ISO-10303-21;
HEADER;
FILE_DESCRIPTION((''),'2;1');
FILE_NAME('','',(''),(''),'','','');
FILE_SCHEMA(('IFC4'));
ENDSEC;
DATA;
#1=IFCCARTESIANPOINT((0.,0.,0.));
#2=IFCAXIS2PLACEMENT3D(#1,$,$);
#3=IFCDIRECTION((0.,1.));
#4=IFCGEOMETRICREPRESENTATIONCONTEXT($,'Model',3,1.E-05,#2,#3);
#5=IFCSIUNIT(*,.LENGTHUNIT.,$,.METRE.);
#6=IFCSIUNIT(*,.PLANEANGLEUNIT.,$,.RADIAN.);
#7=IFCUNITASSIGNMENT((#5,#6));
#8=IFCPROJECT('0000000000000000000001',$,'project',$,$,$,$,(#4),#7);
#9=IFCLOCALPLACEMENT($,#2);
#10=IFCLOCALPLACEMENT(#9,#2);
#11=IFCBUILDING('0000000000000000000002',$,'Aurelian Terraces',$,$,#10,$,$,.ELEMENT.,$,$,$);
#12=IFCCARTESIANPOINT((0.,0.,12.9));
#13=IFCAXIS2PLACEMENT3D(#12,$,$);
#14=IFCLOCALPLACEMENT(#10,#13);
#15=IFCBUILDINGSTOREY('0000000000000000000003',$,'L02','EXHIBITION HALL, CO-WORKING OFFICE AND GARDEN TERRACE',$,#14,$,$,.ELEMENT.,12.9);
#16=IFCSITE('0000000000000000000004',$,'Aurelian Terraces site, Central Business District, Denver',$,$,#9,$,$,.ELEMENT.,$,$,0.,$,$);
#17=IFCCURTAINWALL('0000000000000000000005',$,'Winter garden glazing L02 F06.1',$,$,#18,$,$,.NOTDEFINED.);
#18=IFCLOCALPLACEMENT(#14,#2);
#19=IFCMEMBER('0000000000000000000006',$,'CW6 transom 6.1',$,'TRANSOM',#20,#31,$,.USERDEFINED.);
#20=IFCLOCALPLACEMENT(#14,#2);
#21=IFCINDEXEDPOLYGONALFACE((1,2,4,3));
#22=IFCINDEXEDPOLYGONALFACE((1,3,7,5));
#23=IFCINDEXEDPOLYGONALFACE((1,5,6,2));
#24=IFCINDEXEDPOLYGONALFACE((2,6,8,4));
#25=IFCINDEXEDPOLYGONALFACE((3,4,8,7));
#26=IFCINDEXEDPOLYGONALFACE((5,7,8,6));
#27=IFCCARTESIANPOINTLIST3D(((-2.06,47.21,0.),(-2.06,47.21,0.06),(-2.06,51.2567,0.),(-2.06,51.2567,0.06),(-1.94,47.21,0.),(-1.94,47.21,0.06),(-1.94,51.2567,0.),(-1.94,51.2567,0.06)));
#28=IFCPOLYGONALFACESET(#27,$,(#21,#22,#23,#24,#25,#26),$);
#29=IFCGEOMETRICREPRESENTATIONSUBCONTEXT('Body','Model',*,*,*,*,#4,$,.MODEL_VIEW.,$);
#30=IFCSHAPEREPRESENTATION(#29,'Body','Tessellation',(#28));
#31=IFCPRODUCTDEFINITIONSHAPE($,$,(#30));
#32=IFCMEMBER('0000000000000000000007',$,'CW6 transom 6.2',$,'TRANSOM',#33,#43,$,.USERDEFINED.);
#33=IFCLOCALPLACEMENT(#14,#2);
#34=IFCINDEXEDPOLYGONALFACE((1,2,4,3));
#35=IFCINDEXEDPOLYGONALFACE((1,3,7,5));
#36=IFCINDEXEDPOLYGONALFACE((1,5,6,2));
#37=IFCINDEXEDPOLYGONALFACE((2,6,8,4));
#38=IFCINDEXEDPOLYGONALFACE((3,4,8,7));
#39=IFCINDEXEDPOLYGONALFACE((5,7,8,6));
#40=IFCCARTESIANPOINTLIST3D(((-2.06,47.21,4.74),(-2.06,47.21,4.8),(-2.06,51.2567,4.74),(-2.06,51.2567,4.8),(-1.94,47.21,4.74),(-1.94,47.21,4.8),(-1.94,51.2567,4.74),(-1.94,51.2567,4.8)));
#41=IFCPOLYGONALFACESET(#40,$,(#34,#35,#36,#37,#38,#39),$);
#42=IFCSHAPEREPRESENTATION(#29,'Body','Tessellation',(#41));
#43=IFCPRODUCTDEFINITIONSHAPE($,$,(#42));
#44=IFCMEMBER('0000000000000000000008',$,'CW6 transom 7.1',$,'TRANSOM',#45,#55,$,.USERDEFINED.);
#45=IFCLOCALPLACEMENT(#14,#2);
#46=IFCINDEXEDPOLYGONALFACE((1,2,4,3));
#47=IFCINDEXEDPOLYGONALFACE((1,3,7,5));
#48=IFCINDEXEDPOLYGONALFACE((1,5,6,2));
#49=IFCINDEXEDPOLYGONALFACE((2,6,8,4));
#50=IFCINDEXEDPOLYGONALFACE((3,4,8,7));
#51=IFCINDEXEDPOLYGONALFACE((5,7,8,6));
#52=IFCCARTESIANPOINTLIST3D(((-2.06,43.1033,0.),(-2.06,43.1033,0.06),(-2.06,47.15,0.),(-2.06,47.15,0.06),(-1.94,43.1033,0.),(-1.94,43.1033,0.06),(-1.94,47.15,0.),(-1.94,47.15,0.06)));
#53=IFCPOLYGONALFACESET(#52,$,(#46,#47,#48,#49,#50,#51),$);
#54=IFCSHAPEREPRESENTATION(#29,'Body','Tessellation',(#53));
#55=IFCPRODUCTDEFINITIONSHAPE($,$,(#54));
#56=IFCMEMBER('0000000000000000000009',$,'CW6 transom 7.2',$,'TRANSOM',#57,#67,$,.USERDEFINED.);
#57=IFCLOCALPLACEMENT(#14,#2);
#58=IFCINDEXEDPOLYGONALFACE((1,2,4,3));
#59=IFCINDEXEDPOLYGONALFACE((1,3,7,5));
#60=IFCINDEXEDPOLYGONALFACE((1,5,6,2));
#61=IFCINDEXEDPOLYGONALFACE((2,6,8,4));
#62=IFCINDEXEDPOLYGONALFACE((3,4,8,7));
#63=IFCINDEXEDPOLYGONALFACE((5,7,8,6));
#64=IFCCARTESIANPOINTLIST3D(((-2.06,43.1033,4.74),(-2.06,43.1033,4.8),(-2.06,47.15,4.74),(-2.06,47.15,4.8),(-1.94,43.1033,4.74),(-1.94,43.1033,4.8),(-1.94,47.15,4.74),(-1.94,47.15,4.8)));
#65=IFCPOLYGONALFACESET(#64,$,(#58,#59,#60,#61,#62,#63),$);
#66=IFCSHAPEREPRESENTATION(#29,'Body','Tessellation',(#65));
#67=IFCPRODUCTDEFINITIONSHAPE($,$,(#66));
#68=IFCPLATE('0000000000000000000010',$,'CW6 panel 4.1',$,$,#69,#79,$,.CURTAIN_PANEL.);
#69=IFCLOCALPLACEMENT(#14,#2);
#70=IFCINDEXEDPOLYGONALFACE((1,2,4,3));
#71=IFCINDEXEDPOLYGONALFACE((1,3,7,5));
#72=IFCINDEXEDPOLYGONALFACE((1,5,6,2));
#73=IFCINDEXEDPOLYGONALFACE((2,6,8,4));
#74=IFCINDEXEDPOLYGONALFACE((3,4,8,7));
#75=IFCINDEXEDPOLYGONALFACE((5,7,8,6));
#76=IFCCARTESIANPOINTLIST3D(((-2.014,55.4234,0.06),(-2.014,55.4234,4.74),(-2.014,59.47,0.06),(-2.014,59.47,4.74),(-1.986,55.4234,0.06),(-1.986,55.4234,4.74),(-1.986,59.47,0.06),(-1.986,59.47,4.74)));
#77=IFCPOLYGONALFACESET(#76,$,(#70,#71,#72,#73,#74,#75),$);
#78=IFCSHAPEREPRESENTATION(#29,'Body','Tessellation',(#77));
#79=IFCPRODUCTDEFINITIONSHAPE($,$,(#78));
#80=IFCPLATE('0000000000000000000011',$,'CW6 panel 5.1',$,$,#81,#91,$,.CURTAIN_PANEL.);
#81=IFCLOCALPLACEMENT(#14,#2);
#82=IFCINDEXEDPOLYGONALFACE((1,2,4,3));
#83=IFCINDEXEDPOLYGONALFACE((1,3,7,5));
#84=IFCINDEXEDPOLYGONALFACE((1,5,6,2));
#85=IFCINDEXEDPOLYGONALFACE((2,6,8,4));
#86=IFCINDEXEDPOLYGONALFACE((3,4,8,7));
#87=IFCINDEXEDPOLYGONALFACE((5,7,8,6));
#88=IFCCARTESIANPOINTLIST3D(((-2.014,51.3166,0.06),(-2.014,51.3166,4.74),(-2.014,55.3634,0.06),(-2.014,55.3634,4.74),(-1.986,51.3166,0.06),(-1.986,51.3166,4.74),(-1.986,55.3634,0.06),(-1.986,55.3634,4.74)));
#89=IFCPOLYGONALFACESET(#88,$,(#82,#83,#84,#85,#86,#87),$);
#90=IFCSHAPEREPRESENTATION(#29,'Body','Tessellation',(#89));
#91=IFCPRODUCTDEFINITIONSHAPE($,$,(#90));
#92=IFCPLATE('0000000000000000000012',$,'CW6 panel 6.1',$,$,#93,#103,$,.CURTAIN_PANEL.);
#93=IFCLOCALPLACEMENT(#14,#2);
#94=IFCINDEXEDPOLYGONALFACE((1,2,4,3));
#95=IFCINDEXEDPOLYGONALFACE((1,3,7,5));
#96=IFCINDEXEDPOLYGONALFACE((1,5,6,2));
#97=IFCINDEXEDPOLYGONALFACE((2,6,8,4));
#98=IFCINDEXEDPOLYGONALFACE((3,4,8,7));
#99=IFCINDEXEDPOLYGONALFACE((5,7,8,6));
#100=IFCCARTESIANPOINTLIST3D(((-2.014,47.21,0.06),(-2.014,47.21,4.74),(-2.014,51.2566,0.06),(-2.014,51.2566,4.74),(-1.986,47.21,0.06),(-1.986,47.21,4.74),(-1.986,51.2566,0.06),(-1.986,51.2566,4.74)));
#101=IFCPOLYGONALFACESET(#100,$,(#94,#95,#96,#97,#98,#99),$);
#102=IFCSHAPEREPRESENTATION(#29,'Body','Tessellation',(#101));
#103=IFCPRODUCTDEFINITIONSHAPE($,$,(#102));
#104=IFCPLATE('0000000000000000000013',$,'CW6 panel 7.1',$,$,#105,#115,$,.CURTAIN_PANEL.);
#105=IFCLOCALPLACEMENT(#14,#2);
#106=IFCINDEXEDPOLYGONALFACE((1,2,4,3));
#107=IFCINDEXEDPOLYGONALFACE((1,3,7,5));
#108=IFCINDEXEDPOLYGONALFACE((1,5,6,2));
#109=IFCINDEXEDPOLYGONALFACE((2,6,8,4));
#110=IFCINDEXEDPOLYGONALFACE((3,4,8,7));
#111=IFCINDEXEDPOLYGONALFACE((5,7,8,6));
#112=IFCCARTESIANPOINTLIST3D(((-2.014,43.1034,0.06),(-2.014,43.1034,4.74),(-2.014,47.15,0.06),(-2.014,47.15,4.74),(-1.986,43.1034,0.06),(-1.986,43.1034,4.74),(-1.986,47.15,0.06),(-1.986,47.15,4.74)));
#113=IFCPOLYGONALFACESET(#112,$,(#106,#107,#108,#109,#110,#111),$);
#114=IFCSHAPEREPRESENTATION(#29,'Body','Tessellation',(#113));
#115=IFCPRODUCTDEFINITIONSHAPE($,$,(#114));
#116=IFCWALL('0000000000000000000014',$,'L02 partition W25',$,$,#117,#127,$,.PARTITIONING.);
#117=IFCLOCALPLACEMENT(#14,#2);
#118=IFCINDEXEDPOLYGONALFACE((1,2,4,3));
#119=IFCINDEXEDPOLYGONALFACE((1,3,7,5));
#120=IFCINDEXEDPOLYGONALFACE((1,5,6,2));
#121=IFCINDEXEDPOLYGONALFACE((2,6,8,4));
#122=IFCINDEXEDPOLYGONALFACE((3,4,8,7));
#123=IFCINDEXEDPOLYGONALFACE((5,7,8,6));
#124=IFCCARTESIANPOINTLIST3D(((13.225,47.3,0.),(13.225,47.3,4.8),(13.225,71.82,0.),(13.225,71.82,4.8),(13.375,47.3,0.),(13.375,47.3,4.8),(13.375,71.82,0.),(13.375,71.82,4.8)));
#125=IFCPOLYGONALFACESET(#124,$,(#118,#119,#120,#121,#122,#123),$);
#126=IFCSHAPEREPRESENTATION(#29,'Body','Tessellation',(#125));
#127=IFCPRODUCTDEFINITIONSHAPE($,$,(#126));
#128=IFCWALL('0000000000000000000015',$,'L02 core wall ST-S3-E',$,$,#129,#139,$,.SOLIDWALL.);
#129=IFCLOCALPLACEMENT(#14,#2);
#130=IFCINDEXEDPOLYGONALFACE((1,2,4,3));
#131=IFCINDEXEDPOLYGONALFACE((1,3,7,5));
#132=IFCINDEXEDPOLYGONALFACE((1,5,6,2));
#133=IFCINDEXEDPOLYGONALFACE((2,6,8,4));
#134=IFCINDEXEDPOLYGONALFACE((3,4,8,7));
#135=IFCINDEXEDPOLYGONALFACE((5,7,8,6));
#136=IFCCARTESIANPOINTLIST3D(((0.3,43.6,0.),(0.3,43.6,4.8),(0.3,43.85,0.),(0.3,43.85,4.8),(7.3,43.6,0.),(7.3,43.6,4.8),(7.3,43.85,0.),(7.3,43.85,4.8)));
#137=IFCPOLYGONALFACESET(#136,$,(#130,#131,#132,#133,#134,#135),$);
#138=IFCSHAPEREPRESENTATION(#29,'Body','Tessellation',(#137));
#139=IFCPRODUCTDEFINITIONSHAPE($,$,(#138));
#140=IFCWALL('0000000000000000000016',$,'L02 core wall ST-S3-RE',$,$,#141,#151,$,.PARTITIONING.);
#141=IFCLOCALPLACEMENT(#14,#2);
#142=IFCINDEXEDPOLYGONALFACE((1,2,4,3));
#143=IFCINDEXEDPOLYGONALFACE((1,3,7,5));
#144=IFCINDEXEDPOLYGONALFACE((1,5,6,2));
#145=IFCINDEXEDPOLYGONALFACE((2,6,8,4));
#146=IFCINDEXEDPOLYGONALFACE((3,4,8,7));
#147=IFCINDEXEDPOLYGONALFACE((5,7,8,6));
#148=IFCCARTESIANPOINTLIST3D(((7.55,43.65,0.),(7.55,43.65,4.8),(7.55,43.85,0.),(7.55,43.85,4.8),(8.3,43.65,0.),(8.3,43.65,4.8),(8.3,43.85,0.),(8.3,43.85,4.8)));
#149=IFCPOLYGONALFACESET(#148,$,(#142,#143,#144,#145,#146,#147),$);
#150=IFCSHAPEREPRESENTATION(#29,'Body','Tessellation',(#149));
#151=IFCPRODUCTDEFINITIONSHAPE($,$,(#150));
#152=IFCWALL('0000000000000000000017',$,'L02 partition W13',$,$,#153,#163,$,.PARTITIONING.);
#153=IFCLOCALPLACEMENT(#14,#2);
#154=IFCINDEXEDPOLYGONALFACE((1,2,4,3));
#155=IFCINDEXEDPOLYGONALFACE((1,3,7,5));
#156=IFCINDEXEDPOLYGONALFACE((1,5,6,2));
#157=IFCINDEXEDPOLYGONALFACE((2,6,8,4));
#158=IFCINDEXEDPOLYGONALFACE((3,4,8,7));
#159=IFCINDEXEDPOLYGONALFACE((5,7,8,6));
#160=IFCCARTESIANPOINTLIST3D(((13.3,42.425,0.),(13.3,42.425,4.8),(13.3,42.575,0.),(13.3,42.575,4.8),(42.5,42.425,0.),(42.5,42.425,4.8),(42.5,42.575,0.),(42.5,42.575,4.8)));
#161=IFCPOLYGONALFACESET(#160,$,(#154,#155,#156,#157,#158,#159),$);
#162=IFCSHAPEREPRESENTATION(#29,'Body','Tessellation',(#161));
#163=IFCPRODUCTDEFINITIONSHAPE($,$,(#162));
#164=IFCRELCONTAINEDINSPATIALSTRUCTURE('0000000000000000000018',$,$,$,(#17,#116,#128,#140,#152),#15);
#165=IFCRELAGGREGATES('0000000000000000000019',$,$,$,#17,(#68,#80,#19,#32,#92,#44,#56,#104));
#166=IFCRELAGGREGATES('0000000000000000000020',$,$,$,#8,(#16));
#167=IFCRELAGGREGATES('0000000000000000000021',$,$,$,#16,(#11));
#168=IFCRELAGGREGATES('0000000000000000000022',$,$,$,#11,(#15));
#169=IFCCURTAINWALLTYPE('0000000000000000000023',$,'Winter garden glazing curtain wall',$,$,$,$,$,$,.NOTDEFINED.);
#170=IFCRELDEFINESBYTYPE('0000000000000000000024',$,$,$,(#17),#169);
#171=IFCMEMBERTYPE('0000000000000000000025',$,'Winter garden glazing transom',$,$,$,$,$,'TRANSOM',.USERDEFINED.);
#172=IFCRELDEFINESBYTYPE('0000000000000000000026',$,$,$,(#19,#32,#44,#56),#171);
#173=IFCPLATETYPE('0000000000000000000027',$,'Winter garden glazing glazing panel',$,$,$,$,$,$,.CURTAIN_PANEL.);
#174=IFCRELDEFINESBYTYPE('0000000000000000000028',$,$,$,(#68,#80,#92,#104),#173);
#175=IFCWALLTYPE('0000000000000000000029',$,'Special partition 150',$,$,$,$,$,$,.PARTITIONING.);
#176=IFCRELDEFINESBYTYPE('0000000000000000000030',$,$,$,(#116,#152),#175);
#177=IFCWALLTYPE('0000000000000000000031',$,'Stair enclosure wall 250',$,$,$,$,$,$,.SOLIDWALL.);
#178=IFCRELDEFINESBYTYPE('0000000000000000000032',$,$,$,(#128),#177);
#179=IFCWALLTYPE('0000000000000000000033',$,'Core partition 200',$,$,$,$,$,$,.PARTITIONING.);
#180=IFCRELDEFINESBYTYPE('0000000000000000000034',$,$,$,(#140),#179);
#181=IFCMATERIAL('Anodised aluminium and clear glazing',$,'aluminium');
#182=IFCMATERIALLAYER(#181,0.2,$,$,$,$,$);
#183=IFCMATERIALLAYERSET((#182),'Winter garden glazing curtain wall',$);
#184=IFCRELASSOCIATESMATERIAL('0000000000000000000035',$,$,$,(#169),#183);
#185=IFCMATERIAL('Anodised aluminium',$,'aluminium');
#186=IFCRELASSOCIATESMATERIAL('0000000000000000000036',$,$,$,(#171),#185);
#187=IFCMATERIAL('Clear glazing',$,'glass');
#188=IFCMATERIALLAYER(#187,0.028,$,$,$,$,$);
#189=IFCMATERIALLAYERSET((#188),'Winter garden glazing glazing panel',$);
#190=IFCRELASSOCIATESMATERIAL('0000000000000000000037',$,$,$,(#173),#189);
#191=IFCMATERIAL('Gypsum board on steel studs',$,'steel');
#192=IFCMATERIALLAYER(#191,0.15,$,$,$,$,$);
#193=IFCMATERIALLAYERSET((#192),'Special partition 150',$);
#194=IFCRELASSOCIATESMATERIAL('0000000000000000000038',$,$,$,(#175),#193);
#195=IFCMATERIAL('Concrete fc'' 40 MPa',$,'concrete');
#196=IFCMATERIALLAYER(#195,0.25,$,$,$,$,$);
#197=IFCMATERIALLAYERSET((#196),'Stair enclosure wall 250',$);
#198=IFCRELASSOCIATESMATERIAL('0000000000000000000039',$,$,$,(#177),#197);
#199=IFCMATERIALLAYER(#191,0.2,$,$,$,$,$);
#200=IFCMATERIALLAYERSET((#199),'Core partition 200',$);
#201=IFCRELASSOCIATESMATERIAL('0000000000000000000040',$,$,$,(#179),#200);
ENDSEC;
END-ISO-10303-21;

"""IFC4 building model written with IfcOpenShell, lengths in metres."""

from ifc_helpers import new_model, si_unit, direction, frame, frame_2d, origin, origin_2d, place, context, subcontext, project, spatial, rectangle, extrude, source, transform, mapped, material, layer, layer_set, material_profile, profile_set, type_object, element, aggregate, save


model = new_model("IFC4")

# Units and contexts
model_context = context("Model", 3, precision=1e-05, world=origin(), true_north=direction((0.0, 1.0)))
body_context = subcontext(model_context, "Body", "Model", "MODEL_VIEW")
ifc_project = project(units=[si_unit("LENGTHUNIT", "METRE"), si_unit("PLANEANGLEUNIT", "RADIAN")], contexts=[model_context])

# Site, building, storey
site_placement = place(None, origin())
site = spatial("IfcSite", under=ifc_project, at=site_placement, Name="Aurelian Terraces site, Central Business District, Denver", CompositionType="ELEMENT", RefElevation=0.0)
building_placement = place(site_placement, origin())
building = spatial("IfcBuilding", under=site, at=building_placement, Name="Aurelian Terraces", CompositionType="ELEMENT")
storey_placement = place(building_placement, frame((0.0, 0.0, 12.9)))
storey = spatial("IfcBuildingStorey", under=building, at=storey_placement, Name="L02", Description="EXHIBITION HALL, CO-WORKING OFFICE AND GARDEN TERRACE", CompositionType="ELEMENT", Elevation=12.9)

# Curtain wall, members, plates
ifc_material_1 = material(Name="Anodised aluminium and clear glazing", Category="aluminium")
ifc_layer_1 = layer(ifc_material_1, 0.2)
ifc_layer_set_1 = layer_set([ifc_layer_1], Name="Winter garden glazing curtain wall")
curtain_wall_type = type_object("IfcCurtainWallType", Name="Winter garden glazing curtain wall", PredefinedType="NOTDEFINED", material=ifc_layer_set_1)
curtain_wall_placement = place(storey_placement, origin())
curtain_wall = element("IfcCurtainWall", 1, at=curtain_wall_placement, inside=storey, type_object=curtain_wall_type, Name="Winter garden glazing L02 F06.1", PredefinedType="NOTDEFINED")
ifc_material_2 = material(Name="Anodised aluminium", Category="aluminium")
ifc_material_profile_1 = material_profile(ifc_material_2, rectangle(XDim=0.12, YDim=0.06, at=origin_2d()))
ifc_profile_set_1 = profile_set([ifc_material_profile_1], Name="Anodised aluminium")
member_type_1 = type_object("IfcMemberType", Name="Winter garden glazing transom", ElementType="TRANSOM", PredefinedType="USERDEFINED", material=ifc_profile_set_1)
shared_shape_1 = source(origin(), body_context, "Body", "SweptSolid", [
    extrude(rectangle(XDim=0.12, YDim=0.06, at=origin_2d()), origin(), (0.0, 0.0, 1.0), 4.0467),
])
member_1_placement = place(storey_placement, frame((-2.0, 51.2567, 0.03), z_axis=(0.0, -1.0, 0.0), x_axis=(1.0, 0.0, 0.0)))
member_1 = element("IfcMember", 2, at=member_1_placement, type_object=member_type_1, Name="CW6 transom 6.1", ObjectType="TRANSOM", PredefinedType="USERDEFINED", context=body_context, shape_type="MappedRepresentation", body=[
    mapped(shared_shape_1, transform((0.0, 0.0, 0.0), scale=1.0)),
])
member_2_placement = place(storey_placement, frame((-2.0, 51.2567, 4.77), z_axis=(0.0, -1.0, 0.0), x_axis=(1.0, 0.0, 0.0)))
member_2 = element("IfcMember", 3, at=member_2_placement, type_object=member_type_1, Name="CW6 transom 6.2", ObjectType="TRANSOM", PredefinedType="USERDEFINED", context=body_context, shape_type="MappedRepresentation", body=[
    mapped(shared_shape_1, transform((0.0, 0.0, 0.0), scale=1.0)),
])
member_3_placement = place(storey_placement, frame((-2.0, 47.15, 0.03), z_axis=(0.0, -1.0, 0.0), x_axis=(1.0, 0.0, 0.0)))
member_3 = element("IfcMember", 4, at=member_3_placement, type_object=member_type_1, Name="CW6 transom 7.1", ObjectType="TRANSOM", PredefinedType="USERDEFINED", context=body_context, shape_type="MappedRepresentation", body=[
    mapped(shared_shape_1, transform((0.0, 0.0, 0.0), scale=1.0)),
])
member_4_placement = place(storey_placement, frame((-2.0, 47.15, 4.77), z_axis=(0.0, -1.0, 0.0), x_axis=(1.0, 0.0, 0.0)))
member_4 = element("IfcMember", 5, at=member_4_placement, type_object=member_type_1, Name="CW6 transom 7.2", ObjectType="TRANSOM", PredefinedType="USERDEFINED", context=body_context, shape_type="MappedRepresentation", body=[
    mapped(shared_shape_1, transform((0.0, 0.0, 0.0), scale=1.0)),
])
ifc_material_3 = material(Name="Clear glazing", Category="glass")
ifc_layer_2 = layer(ifc_material_3, 0.028)
ifc_layer_set_2 = layer_set([ifc_layer_2], Name="Winter garden glazing glazing panel")
plate_type = type_object("IfcPlateType", Name="Winter garden glazing glazing panel", PredefinedType="CURTAIN_PANEL", material=ifc_layer_set_2)
shared_shape_2 = source(origin(), body_context, "Body", "SweptSolid", [
    extrude(rectangle(XDim=4.0467, YDim=0.028, at=origin_2d()), origin(), (0.0, 0.0, 1.0), 4.68),
])
plate_1_placement = place(storey_placement, frame((-2.0, 57.4467, 0.06), z_axis=(0.0, 0.0, 1.0), x_axis=(0.0, -1.0, 0.0)))
plate_1 = element("IfcPlate", 6, at=plate_1_placement, type_object=plate_type, Name="CW6 panel 4.1", PredefinedType="CURTAIN_PANEL", context=body_context, shape_type="MappedRepresentation", body=[
    mapped(shared_shape_2, transform((0.0, 0.0, 0.0), scale=1.0)),
])
plate_2_placement = place(storey_placement, frame((-2.0, 53.34, 0.06), z_axis=(0.0, 0.0, 1.0), x_axis=(0.0, -1.0, 0.0)))
plate_2 = element("IfcPlate", 7, at=plate_2_placement, type_object=plate_type, Name="CW6 panel 5.1", PredefinedType="CURTAIN_PANEL", context=body_context, shape_type="MappedRepresentation", body=[
    mapped(shared_shape_2, transform((0.0, 0.0, 0.0), scale=1.0)),
])
plate_3_placement = place(storey_placement, frame((-2.0, 49.2333, 0.06), z_axis=(0.0, 0.0, 1.0), x_axis=(0.0, -1.0, 0.0)))
plate_3 = element("IfcPlate", 8, at=plate_3_placement, type_object=plate_type, Name="CW6 panel 6.1", PredefinedType="CURTAIN_PANEL", context=body_context, shape_type="MappedRepresentation", body=[
    mapped(shared_shape_2, transform((0.0, 0.0, 0.0), scale=1.0)),
])
plate_4_placement = place(storey_placement, frame((-2.0, 45.1267, 0.06), z_axis=(0.0, 0.0, 1.0), x_axis=(0.0, -1.0, 0.0)))
plate_4 = element("IfcPlate", 9, at=plate_4_placement, type_object=plate_type, Name="CW6 panel 7.1", PredefinedType="CURTAIN_PANEL", context=body_context, shape_type="MappedRepresentation", body=[
    mapped(shared_shape_2, transform((0.0, 0.0, 0.0), scale=1.0)),
])
aggregate(curtain_wall, [plate_1, plate_2, member_1, member_2, plate_3, member_3, member_4, plate_4])

# Walls
ifc_material_4 = material(Name="Gypsum board on steel studs", Category="steel")
ifc_layer_3 = layer(ifc_material_4, 0.15)
ifc_layer_set_3 = layer_set([ifc_layer_3], Name="Special partition 150")
wall_type_1 = type_object("IfcWallType", Name="Special partition 150", PredefinedType="PARTITIONING", material=ifc_layer_set_3)
wall_1_placement = place(storey_placement, frame((13.3, 47.3, 0.0), z_axis=(0.0, 0.0, 1.0), x_axis=(0.0, 1.0, 0.0)))
element("IfcWall", 10, at=wall_1_placement, inside=storey, type_object=wall_type_1, Name="L02 partition W25", PredefinedType="PARTITIONING", context=body_context, shape_type="SweptSolid", body=[
    extrude(rectangle(XDim=24.52, YDim=0.15, at=frame_2d((12.26, 0.0))), origin(), (0.0, 0.0, 1.0), 4.8),
])
ifc_material_5 = material(Name="Concrete fc' 40 MPa", Category="concrete")
ifc_layer_4 = layer(ifc_material_5, 0.25)
ifc_layer_set_4 = layer_set([ifc_layer_4], Name="Stair enclosure wall 250")
wall_type_2 = type_object("IfcWallType", Name="Stair enclosure wall 250", PredefinedType="SOLIDWALL", material=ifc_layer_set_4)
shared_shape_3 = source(origin(), body_context, "Body", "SweptSolid", [
    extrude(rectangle(XDim=7.0, YDim=0.25, at=frame_2d((3.5, 0.0))), origin(), (0.0, 0.0, 1.0), 4.8),
])
wall_2_placement = place(storey_placement, frame((0.3, 43.725, 0.0), z_axis=(0.0, 0.0, 1.0), x_axis=(1.0, 0.0, 0.0)))
element("IfcWall", 11, at=wall_2_placement, inside=storey, type_object=wall_type_2, Name="L02 core wall ST-S3-E", PredefinedType="SOLIDWALL", context=body_context, shape_type="MappedRepresentation", body=[
    mapped(shared_shape_3, transform((0.0, 0.0, 0.0), scale=1.0)),
])
ifc_layer_5 = layer(ifc_material_4, 0.2)
ifc_layer_set_5 = layer_set([ifc_layer_5], Name="Core partition 200")
wall_type_3 = type_object("IfcWallType", Name="Core partition 200", PredefinedType="PARTITIONING", material=ifc_layer_set_5)
shared_shape_4 = source(origin(), body_context, "Body", "SweptSolid", [
    extrude(rectangle(XDim=0.75, YDim=0.2, at=frame_2d((0.375, 0.0))), origin(), (0.0, 0.0, 1.0), 4.8),
])
wall_3_placement = place(storey_placement, frame((7.55, 43.75, 0.0), z_axis=(0.0, 0.0, 1.0), x_axis=(1.0, 0.0, 0.0)))
element("IfcWall", 12, at=wall_3_placement, inside=storey, type_object=wall_type_3, Name="L02 core wall ST-S3-RE", PredefinedType="PARTITIONING", context=body_context, shape_type="MappedRepresentation", body=[
    mapped(shared_shape_4, transform((0.0, 0.0, 0.0), scale=1.0)),
])
shared_shape_5 = source(origin(), body_context, "Body", "SweptSolid", [
    extrude(rectangle(XDim=29.2, YDim=0.15, at=frame_2d((14.6, 0.0))), origin(), (0.0, 0.0, 1.0), 4.8),
])
wall_4_placement = place(storey_placement, frame((13.3, 42.5, 0.0), z_axis=(0.0, 0.0, 1.0), x_axis=(1.0, 0.0, 0.0)))
element("IfcWall", 13, at=wall_4_placement, inside=storey, type_object=wall_type_1, Name="L02 partition W13", PredefinedType="PARTITIONING", context=body_context, shape_type="MappedRepresentation", body=[
    mapped(shared_shape_5, transform((0.0, 0.0, 0.0), scale=1.0)),
])

save(model, "model.ifc")
